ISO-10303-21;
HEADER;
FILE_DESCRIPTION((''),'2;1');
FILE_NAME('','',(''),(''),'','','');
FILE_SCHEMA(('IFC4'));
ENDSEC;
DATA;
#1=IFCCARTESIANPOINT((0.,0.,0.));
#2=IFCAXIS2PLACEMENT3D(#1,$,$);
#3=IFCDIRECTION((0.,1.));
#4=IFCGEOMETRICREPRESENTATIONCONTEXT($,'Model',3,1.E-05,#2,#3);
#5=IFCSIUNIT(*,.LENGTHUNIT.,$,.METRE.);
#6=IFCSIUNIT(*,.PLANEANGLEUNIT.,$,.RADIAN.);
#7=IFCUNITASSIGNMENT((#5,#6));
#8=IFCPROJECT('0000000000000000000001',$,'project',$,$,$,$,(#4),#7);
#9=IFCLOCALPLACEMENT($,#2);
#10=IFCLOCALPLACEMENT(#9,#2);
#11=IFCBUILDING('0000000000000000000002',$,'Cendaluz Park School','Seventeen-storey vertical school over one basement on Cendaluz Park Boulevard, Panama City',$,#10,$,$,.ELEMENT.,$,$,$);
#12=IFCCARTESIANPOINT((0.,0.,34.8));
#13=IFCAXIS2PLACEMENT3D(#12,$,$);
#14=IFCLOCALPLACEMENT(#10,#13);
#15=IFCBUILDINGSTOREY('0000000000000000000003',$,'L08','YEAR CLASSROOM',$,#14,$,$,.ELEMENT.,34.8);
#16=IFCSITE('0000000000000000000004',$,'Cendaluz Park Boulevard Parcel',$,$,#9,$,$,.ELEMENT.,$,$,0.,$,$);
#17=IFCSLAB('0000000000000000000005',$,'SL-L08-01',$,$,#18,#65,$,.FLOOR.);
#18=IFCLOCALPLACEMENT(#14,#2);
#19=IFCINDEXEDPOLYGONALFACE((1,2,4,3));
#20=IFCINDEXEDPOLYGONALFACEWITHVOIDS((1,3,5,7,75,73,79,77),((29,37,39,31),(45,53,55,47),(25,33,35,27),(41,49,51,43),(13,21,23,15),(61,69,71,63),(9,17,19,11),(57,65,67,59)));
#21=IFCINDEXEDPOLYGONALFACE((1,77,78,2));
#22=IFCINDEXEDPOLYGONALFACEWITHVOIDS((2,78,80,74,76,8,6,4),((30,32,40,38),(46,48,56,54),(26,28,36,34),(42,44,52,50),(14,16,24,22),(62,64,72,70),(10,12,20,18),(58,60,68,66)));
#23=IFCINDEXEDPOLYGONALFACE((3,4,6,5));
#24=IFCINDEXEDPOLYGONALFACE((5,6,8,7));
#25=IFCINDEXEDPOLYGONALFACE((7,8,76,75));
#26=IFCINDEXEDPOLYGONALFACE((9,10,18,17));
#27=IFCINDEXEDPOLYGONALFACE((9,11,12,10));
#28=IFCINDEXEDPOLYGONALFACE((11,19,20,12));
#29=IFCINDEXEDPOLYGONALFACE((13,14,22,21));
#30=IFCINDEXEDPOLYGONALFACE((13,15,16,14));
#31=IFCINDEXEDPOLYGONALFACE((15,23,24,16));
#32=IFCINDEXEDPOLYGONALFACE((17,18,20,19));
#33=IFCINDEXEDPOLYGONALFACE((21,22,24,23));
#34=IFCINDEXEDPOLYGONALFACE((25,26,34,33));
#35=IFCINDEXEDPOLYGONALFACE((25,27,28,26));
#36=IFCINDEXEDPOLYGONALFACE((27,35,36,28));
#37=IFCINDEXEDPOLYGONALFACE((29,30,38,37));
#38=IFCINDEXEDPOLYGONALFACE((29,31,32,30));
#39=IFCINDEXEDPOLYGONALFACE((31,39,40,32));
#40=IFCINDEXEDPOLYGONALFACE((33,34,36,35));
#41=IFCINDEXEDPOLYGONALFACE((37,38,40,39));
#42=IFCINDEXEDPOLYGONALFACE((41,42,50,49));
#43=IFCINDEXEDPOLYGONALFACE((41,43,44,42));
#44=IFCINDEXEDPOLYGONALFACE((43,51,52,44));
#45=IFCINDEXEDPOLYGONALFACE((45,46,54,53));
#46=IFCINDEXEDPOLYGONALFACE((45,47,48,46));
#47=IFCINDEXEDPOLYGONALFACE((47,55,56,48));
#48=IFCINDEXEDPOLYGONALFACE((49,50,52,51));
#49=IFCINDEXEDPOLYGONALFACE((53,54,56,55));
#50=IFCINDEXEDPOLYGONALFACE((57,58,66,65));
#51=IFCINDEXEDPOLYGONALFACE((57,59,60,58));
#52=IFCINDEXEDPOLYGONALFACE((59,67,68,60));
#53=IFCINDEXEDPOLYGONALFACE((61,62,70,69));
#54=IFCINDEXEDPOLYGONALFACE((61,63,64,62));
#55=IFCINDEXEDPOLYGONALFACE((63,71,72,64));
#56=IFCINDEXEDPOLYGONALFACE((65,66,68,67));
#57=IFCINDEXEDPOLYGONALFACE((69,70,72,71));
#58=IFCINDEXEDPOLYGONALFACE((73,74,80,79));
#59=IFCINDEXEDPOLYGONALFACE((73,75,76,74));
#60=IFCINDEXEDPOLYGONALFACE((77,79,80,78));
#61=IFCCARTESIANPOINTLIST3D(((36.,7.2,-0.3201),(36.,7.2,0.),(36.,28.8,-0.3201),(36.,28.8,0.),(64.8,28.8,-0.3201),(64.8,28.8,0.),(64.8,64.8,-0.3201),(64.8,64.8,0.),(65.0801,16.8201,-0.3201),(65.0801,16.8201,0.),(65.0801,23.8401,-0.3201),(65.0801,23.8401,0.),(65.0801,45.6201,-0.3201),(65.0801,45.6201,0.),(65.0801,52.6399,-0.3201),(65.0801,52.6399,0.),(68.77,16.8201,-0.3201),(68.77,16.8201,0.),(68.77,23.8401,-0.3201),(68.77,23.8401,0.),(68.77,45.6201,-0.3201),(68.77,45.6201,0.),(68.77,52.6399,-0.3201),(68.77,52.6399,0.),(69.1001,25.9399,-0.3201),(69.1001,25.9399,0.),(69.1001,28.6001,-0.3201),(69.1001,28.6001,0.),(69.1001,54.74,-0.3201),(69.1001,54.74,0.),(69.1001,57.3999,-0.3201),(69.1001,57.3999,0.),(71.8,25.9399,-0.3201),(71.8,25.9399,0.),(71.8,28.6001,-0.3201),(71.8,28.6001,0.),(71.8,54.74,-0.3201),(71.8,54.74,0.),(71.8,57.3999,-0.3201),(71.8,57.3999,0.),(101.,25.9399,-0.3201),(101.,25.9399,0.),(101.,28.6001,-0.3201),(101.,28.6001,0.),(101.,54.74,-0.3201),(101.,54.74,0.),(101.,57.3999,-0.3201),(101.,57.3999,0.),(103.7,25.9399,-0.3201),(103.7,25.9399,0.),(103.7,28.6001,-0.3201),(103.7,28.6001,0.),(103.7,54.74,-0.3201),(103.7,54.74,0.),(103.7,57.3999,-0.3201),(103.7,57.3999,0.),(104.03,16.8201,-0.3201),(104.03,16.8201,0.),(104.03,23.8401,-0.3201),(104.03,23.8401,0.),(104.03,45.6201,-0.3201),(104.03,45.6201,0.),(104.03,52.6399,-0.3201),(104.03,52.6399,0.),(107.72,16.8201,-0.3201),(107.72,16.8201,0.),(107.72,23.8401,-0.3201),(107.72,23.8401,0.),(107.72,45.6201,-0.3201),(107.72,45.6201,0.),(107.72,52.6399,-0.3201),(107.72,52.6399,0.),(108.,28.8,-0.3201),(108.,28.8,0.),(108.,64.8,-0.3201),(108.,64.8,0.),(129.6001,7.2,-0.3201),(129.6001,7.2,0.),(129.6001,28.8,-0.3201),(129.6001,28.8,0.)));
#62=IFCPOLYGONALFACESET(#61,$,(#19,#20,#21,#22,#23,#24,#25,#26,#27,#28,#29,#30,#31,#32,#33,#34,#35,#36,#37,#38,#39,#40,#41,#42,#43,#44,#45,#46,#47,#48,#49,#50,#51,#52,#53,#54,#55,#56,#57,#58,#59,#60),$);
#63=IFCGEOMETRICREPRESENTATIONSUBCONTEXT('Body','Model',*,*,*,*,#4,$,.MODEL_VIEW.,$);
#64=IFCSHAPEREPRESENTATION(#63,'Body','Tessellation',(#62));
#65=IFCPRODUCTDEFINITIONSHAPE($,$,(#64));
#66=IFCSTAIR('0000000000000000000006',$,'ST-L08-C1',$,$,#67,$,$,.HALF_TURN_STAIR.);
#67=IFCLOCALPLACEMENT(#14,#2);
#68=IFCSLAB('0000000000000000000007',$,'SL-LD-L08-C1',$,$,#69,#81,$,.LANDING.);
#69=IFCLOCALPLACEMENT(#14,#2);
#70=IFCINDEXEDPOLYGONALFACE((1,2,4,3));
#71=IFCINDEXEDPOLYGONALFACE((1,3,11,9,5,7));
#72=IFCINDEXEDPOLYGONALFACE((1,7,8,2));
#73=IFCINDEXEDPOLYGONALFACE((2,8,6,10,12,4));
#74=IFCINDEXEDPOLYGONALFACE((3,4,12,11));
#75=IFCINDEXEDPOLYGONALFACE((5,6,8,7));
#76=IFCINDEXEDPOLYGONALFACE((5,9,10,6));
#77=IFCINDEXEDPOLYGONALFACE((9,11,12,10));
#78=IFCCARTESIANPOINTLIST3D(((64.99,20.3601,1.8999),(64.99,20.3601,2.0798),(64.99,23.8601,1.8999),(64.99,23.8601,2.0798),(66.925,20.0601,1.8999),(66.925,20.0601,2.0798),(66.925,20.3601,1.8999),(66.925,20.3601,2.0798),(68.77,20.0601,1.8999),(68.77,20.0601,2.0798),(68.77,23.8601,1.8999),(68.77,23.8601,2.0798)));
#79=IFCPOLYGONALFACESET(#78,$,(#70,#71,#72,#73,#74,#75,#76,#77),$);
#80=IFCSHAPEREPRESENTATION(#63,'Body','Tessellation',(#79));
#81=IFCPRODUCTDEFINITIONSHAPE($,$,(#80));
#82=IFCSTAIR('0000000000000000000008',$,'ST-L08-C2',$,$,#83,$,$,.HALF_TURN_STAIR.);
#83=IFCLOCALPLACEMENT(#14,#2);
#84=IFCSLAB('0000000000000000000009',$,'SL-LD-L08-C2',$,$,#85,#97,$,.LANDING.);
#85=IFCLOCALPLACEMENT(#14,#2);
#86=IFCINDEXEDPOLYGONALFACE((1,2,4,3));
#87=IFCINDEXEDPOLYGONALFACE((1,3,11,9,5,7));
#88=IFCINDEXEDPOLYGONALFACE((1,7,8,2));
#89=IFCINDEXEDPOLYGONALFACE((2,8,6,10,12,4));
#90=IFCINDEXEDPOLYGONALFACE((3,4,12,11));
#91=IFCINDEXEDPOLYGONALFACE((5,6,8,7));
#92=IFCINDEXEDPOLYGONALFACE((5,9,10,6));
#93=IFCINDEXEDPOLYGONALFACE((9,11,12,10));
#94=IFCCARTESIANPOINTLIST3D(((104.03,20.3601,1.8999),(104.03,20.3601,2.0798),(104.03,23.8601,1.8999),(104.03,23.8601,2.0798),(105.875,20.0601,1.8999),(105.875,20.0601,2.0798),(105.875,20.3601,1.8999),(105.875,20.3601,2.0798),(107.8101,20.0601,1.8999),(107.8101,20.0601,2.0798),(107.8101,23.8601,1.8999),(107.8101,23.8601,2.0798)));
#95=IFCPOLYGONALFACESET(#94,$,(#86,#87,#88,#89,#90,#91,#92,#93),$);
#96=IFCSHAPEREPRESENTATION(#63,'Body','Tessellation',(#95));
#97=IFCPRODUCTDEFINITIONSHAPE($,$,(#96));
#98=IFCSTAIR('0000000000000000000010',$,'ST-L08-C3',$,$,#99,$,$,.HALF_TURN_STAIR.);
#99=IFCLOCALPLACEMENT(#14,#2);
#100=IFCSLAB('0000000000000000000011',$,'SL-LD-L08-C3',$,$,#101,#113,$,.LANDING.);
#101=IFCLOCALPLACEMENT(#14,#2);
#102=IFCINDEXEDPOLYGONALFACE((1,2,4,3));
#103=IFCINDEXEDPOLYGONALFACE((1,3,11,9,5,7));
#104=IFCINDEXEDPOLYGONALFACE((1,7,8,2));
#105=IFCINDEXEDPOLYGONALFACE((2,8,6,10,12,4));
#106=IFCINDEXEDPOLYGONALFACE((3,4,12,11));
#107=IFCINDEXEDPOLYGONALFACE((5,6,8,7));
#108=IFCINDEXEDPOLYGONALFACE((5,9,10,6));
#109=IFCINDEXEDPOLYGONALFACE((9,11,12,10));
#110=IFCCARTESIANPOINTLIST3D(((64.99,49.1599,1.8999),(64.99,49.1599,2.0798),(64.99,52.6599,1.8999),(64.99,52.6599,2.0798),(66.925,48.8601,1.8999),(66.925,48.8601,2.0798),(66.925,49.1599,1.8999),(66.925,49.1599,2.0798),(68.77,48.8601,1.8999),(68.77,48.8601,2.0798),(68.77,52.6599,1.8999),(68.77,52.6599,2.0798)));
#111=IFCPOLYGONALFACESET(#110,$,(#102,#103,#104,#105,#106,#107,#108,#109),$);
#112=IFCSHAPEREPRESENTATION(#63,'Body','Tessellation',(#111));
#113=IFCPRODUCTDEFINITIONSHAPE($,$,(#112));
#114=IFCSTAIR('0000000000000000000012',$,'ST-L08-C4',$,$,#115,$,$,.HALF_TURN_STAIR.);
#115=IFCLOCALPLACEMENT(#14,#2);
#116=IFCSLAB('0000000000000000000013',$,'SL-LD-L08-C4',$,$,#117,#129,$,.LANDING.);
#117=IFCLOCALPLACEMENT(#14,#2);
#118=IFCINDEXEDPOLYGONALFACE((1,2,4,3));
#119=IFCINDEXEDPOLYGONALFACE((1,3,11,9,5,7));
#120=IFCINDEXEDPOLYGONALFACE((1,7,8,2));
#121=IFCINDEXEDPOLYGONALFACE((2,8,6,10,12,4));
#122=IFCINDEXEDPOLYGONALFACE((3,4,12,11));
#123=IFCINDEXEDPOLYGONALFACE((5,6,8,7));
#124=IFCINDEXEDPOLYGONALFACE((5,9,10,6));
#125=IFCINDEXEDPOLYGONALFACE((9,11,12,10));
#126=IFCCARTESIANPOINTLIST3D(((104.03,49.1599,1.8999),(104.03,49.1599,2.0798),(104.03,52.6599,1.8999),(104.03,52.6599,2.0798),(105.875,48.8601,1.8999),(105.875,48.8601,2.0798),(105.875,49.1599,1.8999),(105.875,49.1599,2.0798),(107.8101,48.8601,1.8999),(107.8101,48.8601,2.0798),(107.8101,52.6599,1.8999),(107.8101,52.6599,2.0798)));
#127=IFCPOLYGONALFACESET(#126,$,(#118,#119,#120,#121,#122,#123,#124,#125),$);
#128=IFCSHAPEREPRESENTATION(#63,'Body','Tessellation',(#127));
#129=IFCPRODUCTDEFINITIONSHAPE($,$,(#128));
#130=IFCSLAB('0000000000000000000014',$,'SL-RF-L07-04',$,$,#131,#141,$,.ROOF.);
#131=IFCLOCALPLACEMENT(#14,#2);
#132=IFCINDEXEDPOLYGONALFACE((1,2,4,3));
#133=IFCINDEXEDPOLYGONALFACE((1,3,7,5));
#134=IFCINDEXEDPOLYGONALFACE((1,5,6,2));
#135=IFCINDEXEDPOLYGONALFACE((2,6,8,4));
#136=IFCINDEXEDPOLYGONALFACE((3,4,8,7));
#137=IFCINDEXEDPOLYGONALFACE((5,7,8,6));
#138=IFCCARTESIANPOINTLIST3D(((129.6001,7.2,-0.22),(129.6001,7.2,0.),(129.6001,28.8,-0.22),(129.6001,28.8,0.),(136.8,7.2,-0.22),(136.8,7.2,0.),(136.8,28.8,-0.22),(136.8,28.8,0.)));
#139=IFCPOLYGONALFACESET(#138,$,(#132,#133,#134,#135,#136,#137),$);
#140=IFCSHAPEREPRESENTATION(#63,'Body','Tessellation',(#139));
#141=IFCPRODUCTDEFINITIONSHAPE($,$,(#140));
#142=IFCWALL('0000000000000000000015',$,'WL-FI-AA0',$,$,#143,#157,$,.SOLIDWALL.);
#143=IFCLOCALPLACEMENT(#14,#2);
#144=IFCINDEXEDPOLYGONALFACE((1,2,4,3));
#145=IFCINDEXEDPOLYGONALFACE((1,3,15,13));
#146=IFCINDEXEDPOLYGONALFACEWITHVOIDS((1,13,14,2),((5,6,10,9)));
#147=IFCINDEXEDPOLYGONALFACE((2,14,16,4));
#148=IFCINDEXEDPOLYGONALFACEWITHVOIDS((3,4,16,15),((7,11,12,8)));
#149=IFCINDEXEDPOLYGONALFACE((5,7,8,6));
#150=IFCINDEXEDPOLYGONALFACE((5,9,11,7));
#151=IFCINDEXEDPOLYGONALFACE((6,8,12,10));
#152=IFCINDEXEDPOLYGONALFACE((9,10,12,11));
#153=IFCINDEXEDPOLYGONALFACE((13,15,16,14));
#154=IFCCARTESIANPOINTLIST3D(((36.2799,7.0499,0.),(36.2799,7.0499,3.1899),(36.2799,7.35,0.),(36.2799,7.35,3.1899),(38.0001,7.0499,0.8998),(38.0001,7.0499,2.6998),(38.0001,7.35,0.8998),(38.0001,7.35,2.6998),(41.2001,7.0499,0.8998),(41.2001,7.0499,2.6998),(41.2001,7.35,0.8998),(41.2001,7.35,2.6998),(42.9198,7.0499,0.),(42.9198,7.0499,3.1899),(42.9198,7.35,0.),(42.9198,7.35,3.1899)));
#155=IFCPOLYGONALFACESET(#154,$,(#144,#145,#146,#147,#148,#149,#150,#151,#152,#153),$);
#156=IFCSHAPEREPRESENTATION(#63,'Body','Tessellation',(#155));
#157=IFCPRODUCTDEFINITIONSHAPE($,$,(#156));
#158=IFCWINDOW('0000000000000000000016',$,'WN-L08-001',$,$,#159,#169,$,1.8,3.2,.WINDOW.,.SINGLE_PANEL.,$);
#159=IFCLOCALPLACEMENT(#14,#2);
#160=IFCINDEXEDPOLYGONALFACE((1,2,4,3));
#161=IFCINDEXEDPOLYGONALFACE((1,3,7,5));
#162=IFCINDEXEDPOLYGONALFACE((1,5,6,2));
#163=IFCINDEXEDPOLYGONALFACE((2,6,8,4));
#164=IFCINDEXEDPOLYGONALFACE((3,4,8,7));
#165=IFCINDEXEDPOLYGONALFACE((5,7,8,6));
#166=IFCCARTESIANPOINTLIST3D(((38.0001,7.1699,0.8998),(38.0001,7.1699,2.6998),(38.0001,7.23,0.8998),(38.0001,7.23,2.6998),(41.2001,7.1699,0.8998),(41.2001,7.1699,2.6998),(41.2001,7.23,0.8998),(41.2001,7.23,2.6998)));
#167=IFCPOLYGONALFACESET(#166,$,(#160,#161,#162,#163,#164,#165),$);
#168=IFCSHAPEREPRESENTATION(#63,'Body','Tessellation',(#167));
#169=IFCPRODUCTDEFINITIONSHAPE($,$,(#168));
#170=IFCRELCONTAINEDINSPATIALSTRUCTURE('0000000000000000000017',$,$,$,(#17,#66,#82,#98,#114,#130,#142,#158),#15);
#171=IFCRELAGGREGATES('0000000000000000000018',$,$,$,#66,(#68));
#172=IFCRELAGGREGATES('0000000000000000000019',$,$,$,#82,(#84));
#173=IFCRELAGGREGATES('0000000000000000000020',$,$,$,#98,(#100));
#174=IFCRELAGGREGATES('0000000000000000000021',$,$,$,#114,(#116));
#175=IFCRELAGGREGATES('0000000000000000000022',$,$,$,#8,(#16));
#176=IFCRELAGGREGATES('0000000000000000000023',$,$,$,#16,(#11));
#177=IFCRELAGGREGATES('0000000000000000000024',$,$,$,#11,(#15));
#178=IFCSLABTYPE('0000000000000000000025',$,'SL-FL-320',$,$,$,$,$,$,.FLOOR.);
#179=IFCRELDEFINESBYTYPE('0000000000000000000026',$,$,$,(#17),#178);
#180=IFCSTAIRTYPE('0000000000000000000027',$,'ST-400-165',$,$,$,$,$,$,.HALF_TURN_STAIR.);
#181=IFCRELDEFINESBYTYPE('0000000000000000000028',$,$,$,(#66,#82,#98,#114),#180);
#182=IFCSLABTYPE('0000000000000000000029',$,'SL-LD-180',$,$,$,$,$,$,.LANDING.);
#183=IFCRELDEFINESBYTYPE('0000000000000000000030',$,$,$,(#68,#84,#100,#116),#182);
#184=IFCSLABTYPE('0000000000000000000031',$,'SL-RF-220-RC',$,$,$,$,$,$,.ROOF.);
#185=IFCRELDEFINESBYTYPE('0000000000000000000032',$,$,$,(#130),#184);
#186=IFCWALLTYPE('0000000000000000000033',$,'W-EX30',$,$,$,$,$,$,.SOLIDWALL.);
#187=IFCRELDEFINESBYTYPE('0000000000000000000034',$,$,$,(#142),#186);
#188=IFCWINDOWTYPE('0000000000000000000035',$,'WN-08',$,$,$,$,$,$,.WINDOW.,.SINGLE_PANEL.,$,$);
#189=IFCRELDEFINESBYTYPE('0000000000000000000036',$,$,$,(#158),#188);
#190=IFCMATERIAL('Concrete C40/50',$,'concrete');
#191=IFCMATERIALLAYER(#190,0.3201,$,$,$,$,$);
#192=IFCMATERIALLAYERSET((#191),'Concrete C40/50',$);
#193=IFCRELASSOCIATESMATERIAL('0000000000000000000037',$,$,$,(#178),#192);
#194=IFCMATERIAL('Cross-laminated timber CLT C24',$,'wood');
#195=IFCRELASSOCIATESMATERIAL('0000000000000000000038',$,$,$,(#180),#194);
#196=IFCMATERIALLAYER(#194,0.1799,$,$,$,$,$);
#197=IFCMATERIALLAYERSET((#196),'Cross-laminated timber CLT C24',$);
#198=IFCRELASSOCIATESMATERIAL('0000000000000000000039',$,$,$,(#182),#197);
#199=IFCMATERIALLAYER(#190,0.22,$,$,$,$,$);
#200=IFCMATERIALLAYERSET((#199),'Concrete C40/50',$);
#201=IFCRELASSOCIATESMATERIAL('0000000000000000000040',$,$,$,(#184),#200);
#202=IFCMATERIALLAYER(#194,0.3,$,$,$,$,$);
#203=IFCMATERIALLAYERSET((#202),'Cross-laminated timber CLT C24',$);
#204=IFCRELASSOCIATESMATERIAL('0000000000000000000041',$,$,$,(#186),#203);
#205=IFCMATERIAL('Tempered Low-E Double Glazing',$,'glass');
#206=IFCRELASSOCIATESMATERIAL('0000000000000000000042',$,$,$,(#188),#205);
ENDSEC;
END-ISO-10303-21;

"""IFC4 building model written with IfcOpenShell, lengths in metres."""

from ifc_helpers import new_model, si_unit, direction, frame, frame_2d, origin, place, context, subcontext, project, spatial, polyline, rectangle, outline, extrude, material, layer, layer_set, type_object, element, fill, aggregate, save


model = new_model("IFC4")

# Units and contexts
model_context = context("Model", 3, precision=1e-05, world=origin(), true_north=direction((0.0, 1.0)))
body_context = subcontext(model_context, "Body", "Model", "MODEL_VIEW")
ifc_project = project(units=[si_unit("LENGTHUNIT", "METRE"), si_unit("PLANEANGLEUNIT", "RADIAN")], contexts=[model_context])

# Site, building, storey
site_placement = place(None, origin())
site = spatial("IfcSite", under=ifc_project, at=site_placement, Name="Cendaluz Park Boulevard Parcel", CompositionType="ELEMENT", RefElevation=0.0)
building_placement = place(site_placement, origin())
building = spatial("IfcBuilding", under=site, at=building_placement, Name="Cendaluz Park School", Description="Seventeen-storey vertical school over one basement on Cendaluz Park Boulevard, Panama City", CompositionType="ELEMENT")
storey_placement = place(building_placement, frame((0.0, 0.0, 34.8)))
storey = spatial("IfcBuildingStorey", under=building, at=storey_placement, Name="L08", Description="YEAR CLASSROOM", CompositionType="ELEMENT", Elevation=34.8)

# Slab
ifc_material_1 = material(Name="Concrete C40/50", Category="concrete")
ifc_layer_1 = layer(ifc_material_1, 0.3201)
ifc_layer_set_1 = layer_set([ifc_layer_1], Name="Concrete C40/50")
slab_type_1 = type_object("IfcSlabType", Name="SL-FL-320", PredefinedType="FLOOR", material=ifc_layer_set_1)
slab_1_placement = place(storey_placement, frame((0.0, 0.0, -0.3201)))
element("IfcSlab", 1, at=slab_1_placement, inside=storey, type_object=slab_type_1, Name="SL-L08-01", PredefinedType="FLOOR", context=body_context, shape_type="SweptSolid", body=[
    extrude(outline(polyline([(64.8, 28.8), (64.8, 64.8), (108.0, 64.8), (108.0, 28.8), (129.6001, 28.8), (129.6001, 7.2), (36.0, 7.2), (36.0, 28.8), (64.8, 28.8)]), holes=[polyline([(68.77, 16.8201), (68.77, 23.8401), (65.0801, 23.8401), (65.0801, 16.8201), (68.77, 16.8201)]), polyline([(69.1001, 25.9399), (71.8, 25.9399), (71.8, 28.6001), (69.1001, 28.6001), (69.1001, 25.9399)]), polyline([(104.03, 23.8401), (104.03, 16.8201), (107.72, 16.8201), (107.72, 23.8401), (104.03, 23.8401)]), polyline([(103.7, 28.6001), (101.0, 28.6001), (101.0, 25.9399), (103.7, 25.9399), (103.7, 28.6001)]), polyline([(68.77, 45.6201), (68.77, 52.6399), (65.0801, 52.6399), (65.0801, 45.6201), (68.77, 45.6201)]), polyline([(69.1001, 54.74), (71.8, 54.74), (71.8, 57.3999), (69.1001, 57.3999), (69.1001, 54.74)]), polyline([(104.03, 52.6399), (104.03, 45.6201), (107.72, 45.6201), (107.72, 52.6399), (104.03, 52.6399)]), polyline([(103.7, 57.3999), (101.0, 57.3999), (101.0, 54.74), (103.7, 54.74), (103.7, 57.3999)])]), origin(), (0.0, 0.0, 1.0), 0.3201),
])

# Stairs, slabs
ifc_material_2 = material(Name="Cross-laminated timber CLT C24", Category="wood")
stair_type = type_object("IfcStairType", Name="ST-400-165", PredefinedType="HALF_TURN_STAIR", material=ifc_material_2)
stair_1_placement = place(storey_placement, origin())
stair_1 = element("IfcStair", 2, at=stair_1_placement, inside=storey, type_object=stair_type, Name="ST-L08-C1", PredefinedType="HALF_TURN_STAIR")
ifc_layer_2 = layer(ifc_material_2, 0.1799)
ifc_layer_set_2 = layer_set([ifc_layer_2], Name="Cross-laminated timber CLT C24")
slab_type_2 = type_object("IfcSlabType", Name="SL-LD-180", PredefinedType="LANDING", material=ifc_layer_set_2)
slab_2_placement = place(storey_placement, frame((0.0, 0.0, 1.8999)))
slab_2 = element("IfcSlab", 3, at=slab_2_placement, type_object=slab_type_2, Name="SL-LD-L08-C1", PredefinedType="LANDING", context=body_context, shape_type="SweptSolid", body=[
    extrude(outline(polyline([(64.99, 20.3601), (66.925, 20.3601), (66.925, 20.0601), (68.77, 20.0601), (68.77, 23.8601), (64.99, 23.8601), (64.99, 20.3601)])), origin(), (0.0, 0.0, 1.0), 0.1799),
])
aggregate(stair_1, [slab_2])
stair_2_placement = place(storey_placement, origin())
stair_2 = element("IfcStair", 4, at=stair_2_placement, inside=storey, type_object=stair_type, Name="ST-L08-C2", PredefinedType="HALF_TURN_STAIR")
slab_3_placement = place(storey_placement, frame((0.0, 0.0, 1.8999)))
slab_3 = element("IfcSlab", 5, at=slab_3_placement, type_object=slab_type_2, Name="SL-LD-L08-C2", PredefinedType="LANDING", context=body_context, shape_type="SweptSolid", body=[
    extrude(outline(polyline([(104.03, 20.3601), (105.875, 20.3601), (105.875, 20.0601), (107.8101, 20.0601), (107.8101, 23.8601), (104.03, 23.8601), (104.03, 20.3601)])), origin(), (0.0, 0.0, 1.0), 0.1799),
])
aggregate(stair_2, [slab_3])
stair_3_placement = place(storey_placement, origin())
stair_3 = element("IfcStair", 6, at=stair_3_placement, inside=storey, type_object=stair_type, Name="ST-L08-C3", PredefinedType="HALF_TURN_STAIR")
slab_4_placement = place(storey_placement, frame((0.0, 0.0, 1.8999)))
slab_4 = element("IfcSlab", 7, at=slab_4_placement, type_object=slab_type_2, Name="SL-LD-L08-C3", PredefinedType="LANDING", context=body_context, shape_type="SweptSolid", body=[
    extrude(outline(polyline([(64.99, 49.1599), (66.925, 49.1599), (66.925, 48.8601), (68.77, 48.8601), (68.77, 52.6599), (64.99, 52.6599), (64.99, 49.1599)])), origin(), (0.0, 0.0, 1.0), 0.1799),
])
aggregate(stair_3, [slab_4])
stair_4_placement = place(storey_placement, origin())
stair_4 = element("IfcStair", 8, at=stair_4_placement, inside=storey, type_object=stair_type, Name="ST-L08-C4", PredefinedType="HALF_TURN_STAIR")
slab_5_placement = place(storey_placement, frame((0.0, 0.0, 1.8999)))
slab_5 = element("IfcSlab", 9, at=slab_5_placement, type_object=slab_type_2, Name="SL-LD-L08-C4", PredefinedType="LANDING", context=body_context, shape_type="SweptSolid", body=[
    extrude(outline(polyline([(104.03, 49.1599), (105.875, 49.1599), (105.875, 48.8601), (107.8101, 48.8601), (107.8101, 52.6599), (104.03, 52.6599), (104.03, 49.1599)])), origin(), (0.0, 0.0, 1.0), 0.1799),
])
aggregate(stair_4, [slab_5])

# Slab
ifc_layer_3 = layer(ifc_material_1, 0.22)
ifc_layer_set_3 = layer_set([ifc_layer_3], Name="Concrete C40/50")
slab_type_3 = type_object("IfcSlabType", Name="SL-RF-220-RC", PredefinedType="ROOF", material=ifc_layer_set_3)
slab_6_placement = place(storey_placement, frame((0.0, 0.0, -0.22)))
element("IfcSlab", 10, at=slab_6_placement, inside=storey, type_object=slab_type_3, Name="SL-RF-L07-04", PredefinedType="ROOF", context=body_context, shape_type="SweptSolid", body=[
    extrude(outline(polyline([(136.8, 7.2), (129.6001, 7.2), (129.6001, 28.8), (136.8, 28.8), (136.8, 7.2)])), origin(), (0.0, 0.0, 1.0), 0.22),
])

# Wall, opening, window
ifc_layer_4 = layer(ifc_material_2, 0.3)
ifc_layer_set_4 = layer_set([ifc_layer_4], Name="Cross-laminated timber CLT C24")
wall_type_1 = type_object("IfcWallType", Name="W-EX30", PredefinedType="SOLIDWALL", material=ifc_layer_set_4)
wall_1_placement = place(storey_placement, frame((36.28, 7.2, 0.0), z_axis=(0.0, 0.0, 1.0), x_axis=(1.0, 0.0, 0.0)))
wall_1 = element("IfcWall", 11, at=wall_1_placement, inside=storey, type_object=wall_type_1, Name="WL-FI-AA0", PredefinedType="SOLIDWALL", context=body_context, shape_type="SweptSolid", body=[
    extrude(rectangle(XDim=6.6399, YDim=0.3, at=frame_2d((3.3198, 0.0))), origin(), (0.0, 0.0, 1.0), 3.1899),
])
opening_1_placement = place(wall_1_placement, frame((1.72, 0.0, 0.8999)))
opening_1 = element("IfcOpeningElement", 12, at=opening_1_placement, cuts=wall_1, PredefinedType="OPENING", context=body_context, shape_type="SweptSolid", body=[
    extrude(rectangle(XDim=3.2, YDim=1.8, at=frame_2d((1.6001, 0.8999))), frame((0.0, 0.1621, 0.0), z_axis=(0.0, -1.0, 0.0), x_axis=(1.0, 0.0, 0.0)), (0.0, 0.0, 1.0), 0.324),
])
ifc_material_3 = material(Name="Tempered Low-E Double Glazing", Category="glass")
window_type_1 = type_object("IfcWindowType", Name="WN-08", PartitioningType="SINGLE_PANEL", PredefinedType="WINDOW", material=ifc_material_3)
window_1_placement = place(opening_1_placement, origin())
window_1 = element("IfcWindow", 13, at=window_1_placement, inside=storey, type_object=window_type_1, Name="WN-L08-001", OverallHeight=1.8, OverallWidth=3.2, PartitioningType="SINGLE_PANEL", PredefinedType="WINDOW", context=body_context, shape_type="SweptSolid", body=[
    extrude(rectangle(XDim=3.2, YDim=1.8, at=frame_2d((1.6001, 0.8999))), frame((0.0, 0.03, 0.0), z_axis=(0.0, -1.0, 0.0), x_axis=(1.0, 0.0, 0.0)), (0.0, 0.0, 1.0), 0.0601),
])
fill(opening_1, window_1)

save(model, "model.ifc")
